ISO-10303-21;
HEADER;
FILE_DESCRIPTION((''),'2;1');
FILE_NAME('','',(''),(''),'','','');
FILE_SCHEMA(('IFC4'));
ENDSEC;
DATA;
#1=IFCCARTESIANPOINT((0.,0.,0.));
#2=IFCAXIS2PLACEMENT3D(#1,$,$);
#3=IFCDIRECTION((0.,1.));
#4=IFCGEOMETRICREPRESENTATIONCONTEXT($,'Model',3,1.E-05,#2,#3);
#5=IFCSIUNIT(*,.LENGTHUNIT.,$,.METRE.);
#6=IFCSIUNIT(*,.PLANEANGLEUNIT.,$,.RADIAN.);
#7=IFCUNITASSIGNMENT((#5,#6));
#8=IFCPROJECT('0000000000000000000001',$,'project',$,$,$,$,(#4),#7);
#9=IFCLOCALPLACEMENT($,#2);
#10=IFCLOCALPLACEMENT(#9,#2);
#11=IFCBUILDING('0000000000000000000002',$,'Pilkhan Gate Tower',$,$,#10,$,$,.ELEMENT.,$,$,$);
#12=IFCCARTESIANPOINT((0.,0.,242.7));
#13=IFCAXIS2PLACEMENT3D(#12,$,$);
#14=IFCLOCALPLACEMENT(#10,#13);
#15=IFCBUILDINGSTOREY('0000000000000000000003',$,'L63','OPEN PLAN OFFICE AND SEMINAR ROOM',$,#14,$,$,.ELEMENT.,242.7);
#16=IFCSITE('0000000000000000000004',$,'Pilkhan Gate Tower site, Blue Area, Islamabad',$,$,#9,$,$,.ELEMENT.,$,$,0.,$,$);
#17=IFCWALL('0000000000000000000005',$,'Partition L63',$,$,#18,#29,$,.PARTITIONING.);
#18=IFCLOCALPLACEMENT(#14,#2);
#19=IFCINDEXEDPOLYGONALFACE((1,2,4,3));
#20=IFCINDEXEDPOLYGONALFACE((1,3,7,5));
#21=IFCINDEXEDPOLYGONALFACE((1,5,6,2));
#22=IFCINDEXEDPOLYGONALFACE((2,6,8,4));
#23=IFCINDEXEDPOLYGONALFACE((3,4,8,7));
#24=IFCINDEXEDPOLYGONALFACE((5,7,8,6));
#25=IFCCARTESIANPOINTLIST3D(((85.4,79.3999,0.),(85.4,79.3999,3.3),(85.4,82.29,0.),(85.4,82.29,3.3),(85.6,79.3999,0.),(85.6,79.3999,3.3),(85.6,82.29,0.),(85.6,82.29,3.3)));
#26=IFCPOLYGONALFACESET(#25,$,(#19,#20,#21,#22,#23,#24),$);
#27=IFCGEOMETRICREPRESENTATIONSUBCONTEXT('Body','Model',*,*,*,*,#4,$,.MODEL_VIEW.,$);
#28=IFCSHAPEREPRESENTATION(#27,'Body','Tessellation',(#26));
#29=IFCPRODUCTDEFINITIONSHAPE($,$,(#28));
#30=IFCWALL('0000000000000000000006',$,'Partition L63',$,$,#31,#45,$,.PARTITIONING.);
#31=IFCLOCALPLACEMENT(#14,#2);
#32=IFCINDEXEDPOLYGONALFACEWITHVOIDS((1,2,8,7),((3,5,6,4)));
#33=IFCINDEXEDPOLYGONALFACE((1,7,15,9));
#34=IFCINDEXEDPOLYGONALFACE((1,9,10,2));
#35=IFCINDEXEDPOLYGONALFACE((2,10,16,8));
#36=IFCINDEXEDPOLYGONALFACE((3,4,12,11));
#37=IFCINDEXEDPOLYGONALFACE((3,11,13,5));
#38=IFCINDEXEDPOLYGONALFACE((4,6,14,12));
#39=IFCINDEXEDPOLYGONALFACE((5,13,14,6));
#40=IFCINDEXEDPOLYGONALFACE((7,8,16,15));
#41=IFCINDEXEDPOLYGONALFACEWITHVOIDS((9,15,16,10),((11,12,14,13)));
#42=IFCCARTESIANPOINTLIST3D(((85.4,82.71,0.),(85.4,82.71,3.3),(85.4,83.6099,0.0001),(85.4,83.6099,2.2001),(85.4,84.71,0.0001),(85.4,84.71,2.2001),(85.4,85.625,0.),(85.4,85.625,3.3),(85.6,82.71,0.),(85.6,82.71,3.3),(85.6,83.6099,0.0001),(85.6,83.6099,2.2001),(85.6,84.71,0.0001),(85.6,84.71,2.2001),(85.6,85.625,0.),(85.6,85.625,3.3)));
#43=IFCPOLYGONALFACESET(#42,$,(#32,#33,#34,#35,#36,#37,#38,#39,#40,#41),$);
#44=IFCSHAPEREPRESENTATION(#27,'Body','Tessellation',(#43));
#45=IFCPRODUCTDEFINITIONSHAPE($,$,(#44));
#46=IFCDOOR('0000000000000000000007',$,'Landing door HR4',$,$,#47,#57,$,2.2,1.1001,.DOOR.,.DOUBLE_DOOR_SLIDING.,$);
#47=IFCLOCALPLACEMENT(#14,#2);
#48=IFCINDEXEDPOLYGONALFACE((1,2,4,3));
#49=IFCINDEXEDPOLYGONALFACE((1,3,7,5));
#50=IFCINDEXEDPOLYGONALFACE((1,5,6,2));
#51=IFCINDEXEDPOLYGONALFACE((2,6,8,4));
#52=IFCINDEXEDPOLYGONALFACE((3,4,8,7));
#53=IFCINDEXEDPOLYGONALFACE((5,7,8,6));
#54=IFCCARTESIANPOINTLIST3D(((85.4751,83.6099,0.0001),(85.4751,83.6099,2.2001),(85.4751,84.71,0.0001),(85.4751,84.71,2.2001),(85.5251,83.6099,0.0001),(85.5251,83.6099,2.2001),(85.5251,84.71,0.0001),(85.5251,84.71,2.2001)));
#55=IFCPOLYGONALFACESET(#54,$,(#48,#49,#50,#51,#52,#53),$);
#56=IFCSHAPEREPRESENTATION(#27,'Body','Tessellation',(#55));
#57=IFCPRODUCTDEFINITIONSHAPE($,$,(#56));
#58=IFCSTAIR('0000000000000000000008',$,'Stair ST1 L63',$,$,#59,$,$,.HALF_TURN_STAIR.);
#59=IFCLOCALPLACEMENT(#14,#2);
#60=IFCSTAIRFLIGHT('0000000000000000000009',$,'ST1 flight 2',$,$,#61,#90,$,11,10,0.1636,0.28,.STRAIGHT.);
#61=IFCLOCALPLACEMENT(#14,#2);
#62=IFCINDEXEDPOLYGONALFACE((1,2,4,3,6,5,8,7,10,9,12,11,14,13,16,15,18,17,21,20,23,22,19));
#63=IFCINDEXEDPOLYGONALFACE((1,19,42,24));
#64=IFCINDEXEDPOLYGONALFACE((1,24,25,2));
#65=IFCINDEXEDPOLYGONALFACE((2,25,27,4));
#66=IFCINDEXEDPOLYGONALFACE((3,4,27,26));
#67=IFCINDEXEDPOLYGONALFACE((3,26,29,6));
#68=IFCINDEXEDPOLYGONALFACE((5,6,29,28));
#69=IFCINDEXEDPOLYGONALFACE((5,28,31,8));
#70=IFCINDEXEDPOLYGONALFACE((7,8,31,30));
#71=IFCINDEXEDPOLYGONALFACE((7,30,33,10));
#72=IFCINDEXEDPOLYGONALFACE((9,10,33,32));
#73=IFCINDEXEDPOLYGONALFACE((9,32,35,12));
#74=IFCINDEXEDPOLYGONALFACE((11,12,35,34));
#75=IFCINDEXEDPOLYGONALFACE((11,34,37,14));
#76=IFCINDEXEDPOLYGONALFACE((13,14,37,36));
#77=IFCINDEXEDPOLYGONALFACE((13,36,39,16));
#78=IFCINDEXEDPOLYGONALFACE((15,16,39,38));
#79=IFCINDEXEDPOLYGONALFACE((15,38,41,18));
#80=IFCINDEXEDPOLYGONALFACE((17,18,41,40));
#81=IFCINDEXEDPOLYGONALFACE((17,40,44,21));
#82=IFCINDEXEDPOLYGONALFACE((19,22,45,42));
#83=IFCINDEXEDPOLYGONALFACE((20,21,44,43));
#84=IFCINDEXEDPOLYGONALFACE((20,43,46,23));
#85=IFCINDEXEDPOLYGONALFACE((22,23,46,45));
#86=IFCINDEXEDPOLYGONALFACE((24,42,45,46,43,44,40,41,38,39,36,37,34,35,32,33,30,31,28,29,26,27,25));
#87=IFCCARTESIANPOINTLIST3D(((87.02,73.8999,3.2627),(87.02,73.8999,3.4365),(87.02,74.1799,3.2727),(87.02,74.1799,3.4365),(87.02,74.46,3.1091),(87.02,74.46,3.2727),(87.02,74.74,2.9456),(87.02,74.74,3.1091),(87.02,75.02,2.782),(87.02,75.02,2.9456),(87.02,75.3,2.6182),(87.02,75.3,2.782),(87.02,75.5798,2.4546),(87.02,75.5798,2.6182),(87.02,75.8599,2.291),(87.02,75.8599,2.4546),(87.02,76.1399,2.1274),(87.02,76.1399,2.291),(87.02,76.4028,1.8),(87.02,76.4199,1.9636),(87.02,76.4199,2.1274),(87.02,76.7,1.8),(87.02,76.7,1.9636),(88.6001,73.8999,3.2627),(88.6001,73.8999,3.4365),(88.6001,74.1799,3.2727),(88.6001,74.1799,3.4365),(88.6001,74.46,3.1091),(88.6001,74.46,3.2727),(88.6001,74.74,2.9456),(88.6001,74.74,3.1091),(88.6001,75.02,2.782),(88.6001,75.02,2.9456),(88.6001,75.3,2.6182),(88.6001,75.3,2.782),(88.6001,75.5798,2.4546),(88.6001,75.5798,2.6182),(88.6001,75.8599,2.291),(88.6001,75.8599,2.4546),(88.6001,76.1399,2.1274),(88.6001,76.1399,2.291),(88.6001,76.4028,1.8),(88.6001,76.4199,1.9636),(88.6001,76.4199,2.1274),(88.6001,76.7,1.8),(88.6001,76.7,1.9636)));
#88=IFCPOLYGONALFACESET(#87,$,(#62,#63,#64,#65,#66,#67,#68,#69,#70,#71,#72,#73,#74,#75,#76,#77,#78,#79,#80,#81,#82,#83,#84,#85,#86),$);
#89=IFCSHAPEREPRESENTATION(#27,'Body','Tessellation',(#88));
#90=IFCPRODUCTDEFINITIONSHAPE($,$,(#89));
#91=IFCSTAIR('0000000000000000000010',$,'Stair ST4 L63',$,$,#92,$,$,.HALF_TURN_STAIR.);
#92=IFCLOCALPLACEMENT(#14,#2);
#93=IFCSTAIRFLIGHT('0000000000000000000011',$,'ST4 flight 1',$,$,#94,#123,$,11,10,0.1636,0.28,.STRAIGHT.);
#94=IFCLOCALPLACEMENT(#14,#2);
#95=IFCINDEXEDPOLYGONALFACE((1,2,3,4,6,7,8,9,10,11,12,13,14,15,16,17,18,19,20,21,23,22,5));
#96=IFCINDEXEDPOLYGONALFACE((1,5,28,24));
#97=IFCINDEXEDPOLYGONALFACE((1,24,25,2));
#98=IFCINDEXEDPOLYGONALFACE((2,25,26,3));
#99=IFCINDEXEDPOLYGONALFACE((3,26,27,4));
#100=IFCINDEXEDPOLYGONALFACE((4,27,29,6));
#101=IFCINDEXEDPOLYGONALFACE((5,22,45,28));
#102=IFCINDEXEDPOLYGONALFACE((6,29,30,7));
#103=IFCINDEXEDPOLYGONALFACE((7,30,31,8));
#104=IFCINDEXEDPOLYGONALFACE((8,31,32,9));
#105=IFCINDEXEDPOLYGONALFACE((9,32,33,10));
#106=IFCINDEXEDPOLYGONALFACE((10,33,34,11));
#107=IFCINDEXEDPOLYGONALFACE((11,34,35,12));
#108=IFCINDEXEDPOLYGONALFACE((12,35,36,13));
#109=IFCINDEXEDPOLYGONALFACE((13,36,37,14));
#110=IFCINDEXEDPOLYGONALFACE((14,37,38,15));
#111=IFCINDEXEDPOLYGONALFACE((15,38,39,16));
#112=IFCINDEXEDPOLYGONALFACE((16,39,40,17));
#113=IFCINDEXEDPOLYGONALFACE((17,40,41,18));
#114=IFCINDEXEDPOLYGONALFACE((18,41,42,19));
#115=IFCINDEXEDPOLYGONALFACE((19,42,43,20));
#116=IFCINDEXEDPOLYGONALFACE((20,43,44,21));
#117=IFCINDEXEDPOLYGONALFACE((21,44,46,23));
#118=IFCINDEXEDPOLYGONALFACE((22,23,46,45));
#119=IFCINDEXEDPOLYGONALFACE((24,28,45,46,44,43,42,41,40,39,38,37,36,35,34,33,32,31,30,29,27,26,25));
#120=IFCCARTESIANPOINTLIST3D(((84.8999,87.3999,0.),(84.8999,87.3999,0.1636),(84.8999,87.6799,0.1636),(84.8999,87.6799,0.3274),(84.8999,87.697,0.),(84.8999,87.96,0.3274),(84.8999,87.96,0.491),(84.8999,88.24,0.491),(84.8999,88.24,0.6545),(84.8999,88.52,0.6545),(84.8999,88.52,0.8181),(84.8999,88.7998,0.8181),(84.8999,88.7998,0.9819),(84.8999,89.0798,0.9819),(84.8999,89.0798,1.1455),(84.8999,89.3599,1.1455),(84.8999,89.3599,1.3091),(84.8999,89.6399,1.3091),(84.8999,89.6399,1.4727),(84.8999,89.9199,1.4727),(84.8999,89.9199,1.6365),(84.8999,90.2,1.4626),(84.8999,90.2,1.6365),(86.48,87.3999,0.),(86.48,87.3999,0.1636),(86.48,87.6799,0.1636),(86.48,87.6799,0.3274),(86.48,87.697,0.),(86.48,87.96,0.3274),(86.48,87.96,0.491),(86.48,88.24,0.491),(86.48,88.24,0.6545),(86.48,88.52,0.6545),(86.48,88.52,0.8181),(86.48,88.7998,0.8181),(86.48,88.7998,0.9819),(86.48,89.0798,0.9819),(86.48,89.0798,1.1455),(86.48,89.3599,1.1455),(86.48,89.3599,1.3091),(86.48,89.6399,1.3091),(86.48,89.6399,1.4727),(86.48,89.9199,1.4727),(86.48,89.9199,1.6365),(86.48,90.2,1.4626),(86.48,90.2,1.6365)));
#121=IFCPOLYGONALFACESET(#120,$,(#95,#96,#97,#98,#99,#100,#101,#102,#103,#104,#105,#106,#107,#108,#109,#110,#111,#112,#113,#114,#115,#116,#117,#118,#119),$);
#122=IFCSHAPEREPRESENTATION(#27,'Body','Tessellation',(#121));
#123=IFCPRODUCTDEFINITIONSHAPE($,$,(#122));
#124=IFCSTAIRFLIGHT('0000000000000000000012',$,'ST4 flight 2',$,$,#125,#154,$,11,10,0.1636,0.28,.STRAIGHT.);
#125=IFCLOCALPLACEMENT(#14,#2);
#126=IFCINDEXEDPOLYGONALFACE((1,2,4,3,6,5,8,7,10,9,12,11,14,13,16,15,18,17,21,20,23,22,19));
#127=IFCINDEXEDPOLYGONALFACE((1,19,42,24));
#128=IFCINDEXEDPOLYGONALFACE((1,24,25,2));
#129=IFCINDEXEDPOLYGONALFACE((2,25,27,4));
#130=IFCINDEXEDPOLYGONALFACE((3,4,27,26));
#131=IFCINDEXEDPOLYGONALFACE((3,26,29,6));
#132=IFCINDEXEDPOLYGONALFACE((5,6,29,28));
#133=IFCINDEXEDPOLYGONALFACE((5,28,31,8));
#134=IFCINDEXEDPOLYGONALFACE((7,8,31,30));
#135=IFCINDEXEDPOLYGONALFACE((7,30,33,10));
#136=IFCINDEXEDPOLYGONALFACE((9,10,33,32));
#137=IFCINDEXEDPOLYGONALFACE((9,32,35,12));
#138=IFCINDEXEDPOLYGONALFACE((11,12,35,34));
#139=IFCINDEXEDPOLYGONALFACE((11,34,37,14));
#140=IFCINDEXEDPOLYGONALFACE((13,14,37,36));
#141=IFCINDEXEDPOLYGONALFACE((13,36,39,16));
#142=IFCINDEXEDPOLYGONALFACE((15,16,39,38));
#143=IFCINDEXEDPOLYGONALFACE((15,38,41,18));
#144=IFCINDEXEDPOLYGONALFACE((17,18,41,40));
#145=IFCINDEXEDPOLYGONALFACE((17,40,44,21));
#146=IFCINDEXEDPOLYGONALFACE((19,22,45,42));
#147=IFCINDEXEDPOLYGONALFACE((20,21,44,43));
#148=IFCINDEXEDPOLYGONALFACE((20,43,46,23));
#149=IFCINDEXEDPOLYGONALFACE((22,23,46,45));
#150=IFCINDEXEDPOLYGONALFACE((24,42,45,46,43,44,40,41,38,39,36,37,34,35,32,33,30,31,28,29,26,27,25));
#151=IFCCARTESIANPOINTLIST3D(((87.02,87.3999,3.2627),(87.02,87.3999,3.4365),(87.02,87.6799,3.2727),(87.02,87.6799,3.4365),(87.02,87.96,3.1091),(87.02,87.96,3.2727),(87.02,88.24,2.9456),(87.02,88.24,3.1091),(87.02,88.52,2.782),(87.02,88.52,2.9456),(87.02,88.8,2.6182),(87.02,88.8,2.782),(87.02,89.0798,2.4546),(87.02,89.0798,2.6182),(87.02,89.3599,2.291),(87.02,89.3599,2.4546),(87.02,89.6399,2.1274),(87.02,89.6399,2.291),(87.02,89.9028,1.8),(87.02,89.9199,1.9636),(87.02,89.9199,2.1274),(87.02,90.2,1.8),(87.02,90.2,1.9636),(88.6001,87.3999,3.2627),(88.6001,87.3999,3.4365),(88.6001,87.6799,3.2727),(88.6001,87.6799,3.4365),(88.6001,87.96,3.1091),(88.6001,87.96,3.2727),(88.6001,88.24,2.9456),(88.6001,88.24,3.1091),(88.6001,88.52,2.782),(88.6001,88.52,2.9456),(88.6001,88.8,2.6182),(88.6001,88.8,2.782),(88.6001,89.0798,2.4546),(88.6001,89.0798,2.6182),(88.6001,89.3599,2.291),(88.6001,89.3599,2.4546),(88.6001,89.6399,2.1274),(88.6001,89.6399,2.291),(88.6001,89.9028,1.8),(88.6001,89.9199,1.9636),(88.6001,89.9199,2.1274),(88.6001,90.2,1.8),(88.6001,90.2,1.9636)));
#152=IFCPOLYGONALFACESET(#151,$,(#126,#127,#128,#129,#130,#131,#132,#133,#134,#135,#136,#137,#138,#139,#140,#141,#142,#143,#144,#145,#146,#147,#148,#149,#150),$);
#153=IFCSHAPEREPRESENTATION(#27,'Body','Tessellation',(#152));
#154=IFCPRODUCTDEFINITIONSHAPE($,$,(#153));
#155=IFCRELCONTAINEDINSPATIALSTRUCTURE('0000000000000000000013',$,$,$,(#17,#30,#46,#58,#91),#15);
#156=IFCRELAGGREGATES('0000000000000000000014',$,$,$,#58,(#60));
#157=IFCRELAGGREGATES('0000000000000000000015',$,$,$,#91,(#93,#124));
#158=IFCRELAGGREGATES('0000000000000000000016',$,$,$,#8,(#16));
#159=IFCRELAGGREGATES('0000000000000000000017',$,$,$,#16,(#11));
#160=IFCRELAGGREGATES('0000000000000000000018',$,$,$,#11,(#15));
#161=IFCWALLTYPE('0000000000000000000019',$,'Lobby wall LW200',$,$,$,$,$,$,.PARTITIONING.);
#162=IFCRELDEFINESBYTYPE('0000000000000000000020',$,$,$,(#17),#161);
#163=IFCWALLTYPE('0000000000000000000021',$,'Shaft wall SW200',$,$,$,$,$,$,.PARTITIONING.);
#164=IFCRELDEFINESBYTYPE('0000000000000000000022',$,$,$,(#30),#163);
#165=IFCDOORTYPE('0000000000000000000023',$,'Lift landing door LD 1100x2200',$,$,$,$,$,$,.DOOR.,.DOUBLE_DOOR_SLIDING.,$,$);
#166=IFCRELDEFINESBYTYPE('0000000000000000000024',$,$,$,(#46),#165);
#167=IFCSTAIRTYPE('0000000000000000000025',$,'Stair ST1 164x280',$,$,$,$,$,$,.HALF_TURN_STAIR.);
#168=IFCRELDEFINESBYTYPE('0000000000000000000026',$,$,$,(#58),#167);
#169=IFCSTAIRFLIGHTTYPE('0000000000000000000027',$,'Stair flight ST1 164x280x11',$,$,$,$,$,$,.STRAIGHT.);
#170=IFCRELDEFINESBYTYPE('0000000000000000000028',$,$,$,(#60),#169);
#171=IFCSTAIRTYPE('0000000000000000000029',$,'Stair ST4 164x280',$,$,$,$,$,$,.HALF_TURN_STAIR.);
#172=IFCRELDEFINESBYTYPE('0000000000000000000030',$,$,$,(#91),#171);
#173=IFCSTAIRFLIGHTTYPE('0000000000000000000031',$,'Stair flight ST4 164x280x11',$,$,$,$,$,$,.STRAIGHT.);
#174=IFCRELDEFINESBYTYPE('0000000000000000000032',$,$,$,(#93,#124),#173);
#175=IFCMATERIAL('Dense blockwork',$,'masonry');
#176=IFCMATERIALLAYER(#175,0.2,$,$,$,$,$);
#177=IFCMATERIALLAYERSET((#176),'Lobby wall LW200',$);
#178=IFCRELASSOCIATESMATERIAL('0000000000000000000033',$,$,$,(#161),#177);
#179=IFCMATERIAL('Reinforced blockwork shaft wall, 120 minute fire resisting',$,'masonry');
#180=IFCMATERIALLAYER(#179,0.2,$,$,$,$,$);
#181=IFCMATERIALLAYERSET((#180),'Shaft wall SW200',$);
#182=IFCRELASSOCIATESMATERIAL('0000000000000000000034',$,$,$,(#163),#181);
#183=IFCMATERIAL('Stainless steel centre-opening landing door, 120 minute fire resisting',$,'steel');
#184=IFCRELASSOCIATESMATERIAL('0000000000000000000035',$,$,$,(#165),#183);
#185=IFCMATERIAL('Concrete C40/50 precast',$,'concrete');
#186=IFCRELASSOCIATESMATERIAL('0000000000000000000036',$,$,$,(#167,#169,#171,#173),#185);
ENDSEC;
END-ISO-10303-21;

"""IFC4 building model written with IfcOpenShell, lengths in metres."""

from ifc_helpers import new_model, si_unit, direction, frame, frame_2d, origin, place, context, subcontext, project, spatial, polyline, rectangle, outline, extrude, material, layer, layer_set, type_object, element, fill, aggregate, save


model = new_model("IFC4")

# Units and contexts
model_context = context("Model", 3, precision=1e-05, world=origin(), true_north=direction((0.0, 1.0)))
body_context = subcontext(model_context, "Body", "Model", "MODEL_VIEW")
ifc_project = project(units=[si_unit("LENGTHUNIT", "METRE"), si_unit("PLANEANGLEUNIT", "RADIAN")], contexts=[model_context])

# Site, building, storey
site_placement = place(None, origin())
site = spatial("IfcSite", under=ifc_project, at=site_placement, Name="Pilkhan Gate Tower site, Blue Area, Islamabad", CompositionType="ELEMENT", RefElevation=0.0)
building_placement = place(site_placement, origin())
building = spatial("IfcBuilding", under=site, at=building_placement, Name="Pilkhan Gate Tower", CompositionType="ELEMENT")
storey_placement = place(building_placement, frame((0.0, 0.0, 242.7)))
storey = spatial("IfcBuildingStorey", under=building, at=storey_placement, Name="L63", Description="OPEN PLAN OFFICE AND SEMINAR ROOM", CompositionType="ELEMENT", Elevation=242.7)

# Shared definitions
ifc_material_1 = material(Name="Dense blockwork", Category="masonry")

# Wall
ifc_layer_1 = layer(ifc_material_1, 0.2)
ifc_layer_set_1 = layer_set([ifc_layer_1], Name="Lobby wall LW200")
wall_type_1 = type_object("IfcWallType", Name="Lobby wall LW200", PredefinedType="PARTITIONING", material=ifc_layer_set_1)
wall_1_placement = place(storey_placement, frame((85.5, 79.3999, 0.0), z_axis=(0.0, 0.0, 1.0), x_axis=(0.0, 1.0, 0.0)))
element("IfcWall", 1, at=wall_1_placement, inside=storey, type_object=wall_type_1, Name="Partition L63", PredefinedType="PARTITIONING", context=body_context, shape_type="SweptSolid", body=[
    extrude(rectangle(XDim=2.8901, YDim=0.2, at=frame_2d((1.4451, 0.0))), origin(), (0.0, 0.0, 1.0), 3.3),
])

# Wall, opening, door
ifc_material_2 = material(Name="Reinforced blockwork shaft wall, 120 minute fire resisting", Category="masonry")
ifc_layer_2 = layer(ifc_material_2, 0.2)
ifc_layer_set_2 = layer_set([ifc_layer_2], Name="Shaft wall SW200")
wall_type_2 = type_object("IfcWallType", Name="Shaft wall SW200", PredefinedType="PARTITIONING", material=ifc_layer_set_2)
wall_2_placement = place(storey_placement, frame((85.5, 82.71, 0.0), z_axis=(0.0, 0.0, 1.0), x_axis=(0.0, 1.0, 0.0)))
wall_2 = element("IfcWall", 2, at=wall_2_placement, inside=storey, type_object=wall_type_2, Name="Partition L63", PredefinedType="PARTITIONING", context=body_context, shape_type="SweptSolid", body=[
    extrude(rectangle(XDim=2.915, YDim=0.2, at=frame_2d((1.4575, 0.0))), origin(), (0.0, 0.0, 1.0), 3.3),
])
opening_1_placement = place(wall_2_placement, frame((0.8999, 0.0, 0.0)))
opening_1 = element("IfcOpeningElement", 3, at=opening_1_placement, cuts=wall_2, PredefinedType="OPENING", context=body_context, shape_type="SweptSolid", body=[
    extrude(rectangle(XDim=1.1001, YDim=2.2, at=frame_2d((0.55, 1.1001))), frame((0.0, 0.1099, 0.0), z_axis=(0.0, -1.0, 0.0), x_axis=(1.0, 0.0, 0.0)), (0.0, 0.0, 1.0), 0.22),
])
ifc_material_3 = material(Name="Stainless steel centre-opening landing door, 120 minute fire resisting", Category="steel")
door_type_1 = type_object("IfcDoorType", Name="Lift landing door LD 1100x2200", OperationType="DOUBLE_DOOR_SLIDING", PredefinedType="DOOR", material=ifc_material_3)
door_1_placement = place(opening_1_placement, origin())
door_1 = element("IfcDoor", 4, at=door_1_placement, inside=storey, type_object=door_type_1, Name="Landing door HR4", OperationType="DOUBLE_DOOR_SLIDING", OverallHeight=2.2, OverallWidth=1.1001, PredefinedType="DOOR", context=body_context, shape_type="SweptSolid", body=[
    extrude(rectangle(XDim=1.1001, YDim=2.2, at=frame_2d((0.55, 1.1001))), frame((0.0, 0.0249, 0.0), z_axis=(0.0, -1.0, 0.0), x_axis=(1.0, 0.0, 0.0)), (0.0, 0.0, 1.0), 0.05),
])
fill(opening_1, door_1)

# Stair, stair flight
ifc_material_4 = material(Name="Concrete C40/50 precast", Category="concrete")
stair_type_1 = type_object("IfcStairType", Name="Stair ST1 164x280", PredefinedType="HALF_TURN_STAIR", material=ifc_material_4)
stair_1_placement = place(storey_placement, origin())
stair_1 = element("IfcStair", 5, at=stair_1_placement, inside=storey, type_object=stair_type_1, Name="Stair ST1 L63", PredefinedType="HALF_TURN_STAIR")
stair_flight_type_1 = type_object("IfcStairFlightType", Name="Stair flight ST1 164x280x11", PredefinedType="STRAIGHT", material=ifc_material_4)
stair_flight_1_placement = place(storey_placement, frame((87.8101, 76.7, 1.8), z_axis=(0.0, 0.0, 1.0), x_axis=(0.0, -1.0, 0.0)))
stair_flight_1 = element("IfcStairFlight", 6, at=stair_flight_1_placement, type_object=stair_flight_type_1, Name="ST1 flight 2", NumberOfRisers=11, NumberOfTreads=10, PredefinedType="STRAIGHT", RiserHeight=0.1636, TreadLength=0.28, context=body_context, shape_type="SweptSolid", body=[
    extrude(outline(polyline([(0.0, 0.0), (0.0, 0.1636), (0.28, 0.1636), (0.28, 0.3274), (0.5601, 0.3274), (0.5601, 0.491), (0.8401, 0.491), (0.8401, 0.6545), (1.1201, 0.6545), (1.1201, 0.8181), (1.3999, 0.8181), (1.3999, 0.9819), (1.6799, 0.9819), (1.6799, 1.1455), (1.96, 1.1455), (1.96, 1.3091), (2.24, 1.3091), (2.24, 1.4727), (2.52, 1.4727), (2.52, 1.6365), (2.8, 1.6365), (2.8, 1.8), (2.8, 1.4626), (0.2971, 0.0), (0.0, 0.0)])), frame((0.0, 0.79, 0.0), z_axis=(0.0, -1.0, 0.0), x_axis=(1.0, 0.0, 0.0)), (0.0, 0.0, 1.0), 1.5801),
])
aggregate(stair_1, [stair_flight_1])

# Stair, stair flights
stair_type_2 = type_object("IfcStairType", Name="Stair ST4 164x280", PredefinedType="HALF_TURN_STAIR", material=ifc_material_4)
stair_2_placement = place(storey_placement, origin())
stair_2 = element("IfcStair", 7, at=stair_2_placement, inside=storey, type_object=stair_type_2, Name="Stair ST4 L63", PredefinedType="HALF_TURN_STAIR")
stair_flight_type_2 = type_object("IfcStairFlightType", Name="Stair flight ST4 164x280x11", PredefinedType="STRAIGHT", material=ifc_material_4)
stair_flight_2_placement = place(storey_placement, frame((85.6899, 87.3999, 0.0), z_axis=(0.0, 0.0, 1.0), x_axis=(0.0, 1.0, 0.0)))
stair_flight_2 = element("IfcStairFlight", 8, at=stair_flight_2_placement, type_object=stair_flight_type_2, Name="ST4 flight 1", NumberOfRisers=11, NumberOfTreads=10, PredefinedType="STRAIGHT", RiserHeight=0.1636, TreadLength=0.28, context=body_context, shape_type="SweptSolid", body=[
    extrude(outline(polyline([(0.0, 0.0), (0.0, 0.1636), (0.28, 0.1636), (0.28, 0.3274), (0.5601, 0.3274), (0.5601, 0.491), (0.8401, 0.491), (0.8401, 0.6545), (1.1201, 0.6545), (1.1201, 0.8181), (1.3999, 0.8181), (1.3999, 0.9819), (1.6799, 0.9819), (1.6799, 1.1455), (1.96, 1.1455), (1.96, 1.3091), (2.24, 1.3091), (2.24, 1.4727), (2.52, 1.4727), (2.52, 1.6365), (2.8, 1.6365), (2.8, 1.8), (2.8, 1.4626), (0.2971, 0.0), (0.0, 0.0)])), frame((0.0, 0.79, 0.0), z_axis=(0.0, -1.0, 0.0), x_axis=(1.0, 0.0, 0.0)), (0.0, 0.0, 1.0), 1.5801),
])
stair_flight_3_placement = place(storey_placement, frame((87.8101, 90.2, 1.8), z_axis=(0.0, 0.0, 1.0), x_axis=(0.0, -1.0, 0.0)))
stair_flight_3 = element("IfcStairFlight", 9, at=stair_flight_3_placement, type_object=stair_flight_type_2, Name="ST4 flight 2", NumberOfRisers=11, NumberOfTreads=10, PredefinedType="STRAIGHT", RiserHeight=0.1636, TreadLength=0.28, context=body_context, shape_type="SweptSolid", body=[
    extrude(outline(polyline([(0.0, 0.0), (0.0, 0.1636), (0.28, 0.1636), (0.28, 0.3274), (0.5601, 0.3274), (0.5601, 0.491), (0.8401, 0.491), (0.8401, 0.6545), (1.1201, 0.6545), (1.1201, 0.8181), (1.3999, 0.8181), (1.3999, 0.9819), (1.6799, 0.9819), (1.6799, 1.1455), (1.96, 1.1455), (1.96, 1.3091), (2.24, 1.3091), (2.24, 1.4727), (2.52, 1.4727), (2.52, 1.6365), (2.8, 1.6365), (2.8, 1.8), (2.8, 1.4626), (0.2971, 0.0), (0.0, 0.0)])), frame((0.0, 0.79, 0.0), z_axis=(0.0, -1.0, 0.0), x_axis=(1.0, 0.0, 0.0)), (0.0, 0.0, 1.0), 1.5801),
])
aggregate(stair_2, [stair_flight_2, stair_flight_3])

save(model, "model.ifc")
